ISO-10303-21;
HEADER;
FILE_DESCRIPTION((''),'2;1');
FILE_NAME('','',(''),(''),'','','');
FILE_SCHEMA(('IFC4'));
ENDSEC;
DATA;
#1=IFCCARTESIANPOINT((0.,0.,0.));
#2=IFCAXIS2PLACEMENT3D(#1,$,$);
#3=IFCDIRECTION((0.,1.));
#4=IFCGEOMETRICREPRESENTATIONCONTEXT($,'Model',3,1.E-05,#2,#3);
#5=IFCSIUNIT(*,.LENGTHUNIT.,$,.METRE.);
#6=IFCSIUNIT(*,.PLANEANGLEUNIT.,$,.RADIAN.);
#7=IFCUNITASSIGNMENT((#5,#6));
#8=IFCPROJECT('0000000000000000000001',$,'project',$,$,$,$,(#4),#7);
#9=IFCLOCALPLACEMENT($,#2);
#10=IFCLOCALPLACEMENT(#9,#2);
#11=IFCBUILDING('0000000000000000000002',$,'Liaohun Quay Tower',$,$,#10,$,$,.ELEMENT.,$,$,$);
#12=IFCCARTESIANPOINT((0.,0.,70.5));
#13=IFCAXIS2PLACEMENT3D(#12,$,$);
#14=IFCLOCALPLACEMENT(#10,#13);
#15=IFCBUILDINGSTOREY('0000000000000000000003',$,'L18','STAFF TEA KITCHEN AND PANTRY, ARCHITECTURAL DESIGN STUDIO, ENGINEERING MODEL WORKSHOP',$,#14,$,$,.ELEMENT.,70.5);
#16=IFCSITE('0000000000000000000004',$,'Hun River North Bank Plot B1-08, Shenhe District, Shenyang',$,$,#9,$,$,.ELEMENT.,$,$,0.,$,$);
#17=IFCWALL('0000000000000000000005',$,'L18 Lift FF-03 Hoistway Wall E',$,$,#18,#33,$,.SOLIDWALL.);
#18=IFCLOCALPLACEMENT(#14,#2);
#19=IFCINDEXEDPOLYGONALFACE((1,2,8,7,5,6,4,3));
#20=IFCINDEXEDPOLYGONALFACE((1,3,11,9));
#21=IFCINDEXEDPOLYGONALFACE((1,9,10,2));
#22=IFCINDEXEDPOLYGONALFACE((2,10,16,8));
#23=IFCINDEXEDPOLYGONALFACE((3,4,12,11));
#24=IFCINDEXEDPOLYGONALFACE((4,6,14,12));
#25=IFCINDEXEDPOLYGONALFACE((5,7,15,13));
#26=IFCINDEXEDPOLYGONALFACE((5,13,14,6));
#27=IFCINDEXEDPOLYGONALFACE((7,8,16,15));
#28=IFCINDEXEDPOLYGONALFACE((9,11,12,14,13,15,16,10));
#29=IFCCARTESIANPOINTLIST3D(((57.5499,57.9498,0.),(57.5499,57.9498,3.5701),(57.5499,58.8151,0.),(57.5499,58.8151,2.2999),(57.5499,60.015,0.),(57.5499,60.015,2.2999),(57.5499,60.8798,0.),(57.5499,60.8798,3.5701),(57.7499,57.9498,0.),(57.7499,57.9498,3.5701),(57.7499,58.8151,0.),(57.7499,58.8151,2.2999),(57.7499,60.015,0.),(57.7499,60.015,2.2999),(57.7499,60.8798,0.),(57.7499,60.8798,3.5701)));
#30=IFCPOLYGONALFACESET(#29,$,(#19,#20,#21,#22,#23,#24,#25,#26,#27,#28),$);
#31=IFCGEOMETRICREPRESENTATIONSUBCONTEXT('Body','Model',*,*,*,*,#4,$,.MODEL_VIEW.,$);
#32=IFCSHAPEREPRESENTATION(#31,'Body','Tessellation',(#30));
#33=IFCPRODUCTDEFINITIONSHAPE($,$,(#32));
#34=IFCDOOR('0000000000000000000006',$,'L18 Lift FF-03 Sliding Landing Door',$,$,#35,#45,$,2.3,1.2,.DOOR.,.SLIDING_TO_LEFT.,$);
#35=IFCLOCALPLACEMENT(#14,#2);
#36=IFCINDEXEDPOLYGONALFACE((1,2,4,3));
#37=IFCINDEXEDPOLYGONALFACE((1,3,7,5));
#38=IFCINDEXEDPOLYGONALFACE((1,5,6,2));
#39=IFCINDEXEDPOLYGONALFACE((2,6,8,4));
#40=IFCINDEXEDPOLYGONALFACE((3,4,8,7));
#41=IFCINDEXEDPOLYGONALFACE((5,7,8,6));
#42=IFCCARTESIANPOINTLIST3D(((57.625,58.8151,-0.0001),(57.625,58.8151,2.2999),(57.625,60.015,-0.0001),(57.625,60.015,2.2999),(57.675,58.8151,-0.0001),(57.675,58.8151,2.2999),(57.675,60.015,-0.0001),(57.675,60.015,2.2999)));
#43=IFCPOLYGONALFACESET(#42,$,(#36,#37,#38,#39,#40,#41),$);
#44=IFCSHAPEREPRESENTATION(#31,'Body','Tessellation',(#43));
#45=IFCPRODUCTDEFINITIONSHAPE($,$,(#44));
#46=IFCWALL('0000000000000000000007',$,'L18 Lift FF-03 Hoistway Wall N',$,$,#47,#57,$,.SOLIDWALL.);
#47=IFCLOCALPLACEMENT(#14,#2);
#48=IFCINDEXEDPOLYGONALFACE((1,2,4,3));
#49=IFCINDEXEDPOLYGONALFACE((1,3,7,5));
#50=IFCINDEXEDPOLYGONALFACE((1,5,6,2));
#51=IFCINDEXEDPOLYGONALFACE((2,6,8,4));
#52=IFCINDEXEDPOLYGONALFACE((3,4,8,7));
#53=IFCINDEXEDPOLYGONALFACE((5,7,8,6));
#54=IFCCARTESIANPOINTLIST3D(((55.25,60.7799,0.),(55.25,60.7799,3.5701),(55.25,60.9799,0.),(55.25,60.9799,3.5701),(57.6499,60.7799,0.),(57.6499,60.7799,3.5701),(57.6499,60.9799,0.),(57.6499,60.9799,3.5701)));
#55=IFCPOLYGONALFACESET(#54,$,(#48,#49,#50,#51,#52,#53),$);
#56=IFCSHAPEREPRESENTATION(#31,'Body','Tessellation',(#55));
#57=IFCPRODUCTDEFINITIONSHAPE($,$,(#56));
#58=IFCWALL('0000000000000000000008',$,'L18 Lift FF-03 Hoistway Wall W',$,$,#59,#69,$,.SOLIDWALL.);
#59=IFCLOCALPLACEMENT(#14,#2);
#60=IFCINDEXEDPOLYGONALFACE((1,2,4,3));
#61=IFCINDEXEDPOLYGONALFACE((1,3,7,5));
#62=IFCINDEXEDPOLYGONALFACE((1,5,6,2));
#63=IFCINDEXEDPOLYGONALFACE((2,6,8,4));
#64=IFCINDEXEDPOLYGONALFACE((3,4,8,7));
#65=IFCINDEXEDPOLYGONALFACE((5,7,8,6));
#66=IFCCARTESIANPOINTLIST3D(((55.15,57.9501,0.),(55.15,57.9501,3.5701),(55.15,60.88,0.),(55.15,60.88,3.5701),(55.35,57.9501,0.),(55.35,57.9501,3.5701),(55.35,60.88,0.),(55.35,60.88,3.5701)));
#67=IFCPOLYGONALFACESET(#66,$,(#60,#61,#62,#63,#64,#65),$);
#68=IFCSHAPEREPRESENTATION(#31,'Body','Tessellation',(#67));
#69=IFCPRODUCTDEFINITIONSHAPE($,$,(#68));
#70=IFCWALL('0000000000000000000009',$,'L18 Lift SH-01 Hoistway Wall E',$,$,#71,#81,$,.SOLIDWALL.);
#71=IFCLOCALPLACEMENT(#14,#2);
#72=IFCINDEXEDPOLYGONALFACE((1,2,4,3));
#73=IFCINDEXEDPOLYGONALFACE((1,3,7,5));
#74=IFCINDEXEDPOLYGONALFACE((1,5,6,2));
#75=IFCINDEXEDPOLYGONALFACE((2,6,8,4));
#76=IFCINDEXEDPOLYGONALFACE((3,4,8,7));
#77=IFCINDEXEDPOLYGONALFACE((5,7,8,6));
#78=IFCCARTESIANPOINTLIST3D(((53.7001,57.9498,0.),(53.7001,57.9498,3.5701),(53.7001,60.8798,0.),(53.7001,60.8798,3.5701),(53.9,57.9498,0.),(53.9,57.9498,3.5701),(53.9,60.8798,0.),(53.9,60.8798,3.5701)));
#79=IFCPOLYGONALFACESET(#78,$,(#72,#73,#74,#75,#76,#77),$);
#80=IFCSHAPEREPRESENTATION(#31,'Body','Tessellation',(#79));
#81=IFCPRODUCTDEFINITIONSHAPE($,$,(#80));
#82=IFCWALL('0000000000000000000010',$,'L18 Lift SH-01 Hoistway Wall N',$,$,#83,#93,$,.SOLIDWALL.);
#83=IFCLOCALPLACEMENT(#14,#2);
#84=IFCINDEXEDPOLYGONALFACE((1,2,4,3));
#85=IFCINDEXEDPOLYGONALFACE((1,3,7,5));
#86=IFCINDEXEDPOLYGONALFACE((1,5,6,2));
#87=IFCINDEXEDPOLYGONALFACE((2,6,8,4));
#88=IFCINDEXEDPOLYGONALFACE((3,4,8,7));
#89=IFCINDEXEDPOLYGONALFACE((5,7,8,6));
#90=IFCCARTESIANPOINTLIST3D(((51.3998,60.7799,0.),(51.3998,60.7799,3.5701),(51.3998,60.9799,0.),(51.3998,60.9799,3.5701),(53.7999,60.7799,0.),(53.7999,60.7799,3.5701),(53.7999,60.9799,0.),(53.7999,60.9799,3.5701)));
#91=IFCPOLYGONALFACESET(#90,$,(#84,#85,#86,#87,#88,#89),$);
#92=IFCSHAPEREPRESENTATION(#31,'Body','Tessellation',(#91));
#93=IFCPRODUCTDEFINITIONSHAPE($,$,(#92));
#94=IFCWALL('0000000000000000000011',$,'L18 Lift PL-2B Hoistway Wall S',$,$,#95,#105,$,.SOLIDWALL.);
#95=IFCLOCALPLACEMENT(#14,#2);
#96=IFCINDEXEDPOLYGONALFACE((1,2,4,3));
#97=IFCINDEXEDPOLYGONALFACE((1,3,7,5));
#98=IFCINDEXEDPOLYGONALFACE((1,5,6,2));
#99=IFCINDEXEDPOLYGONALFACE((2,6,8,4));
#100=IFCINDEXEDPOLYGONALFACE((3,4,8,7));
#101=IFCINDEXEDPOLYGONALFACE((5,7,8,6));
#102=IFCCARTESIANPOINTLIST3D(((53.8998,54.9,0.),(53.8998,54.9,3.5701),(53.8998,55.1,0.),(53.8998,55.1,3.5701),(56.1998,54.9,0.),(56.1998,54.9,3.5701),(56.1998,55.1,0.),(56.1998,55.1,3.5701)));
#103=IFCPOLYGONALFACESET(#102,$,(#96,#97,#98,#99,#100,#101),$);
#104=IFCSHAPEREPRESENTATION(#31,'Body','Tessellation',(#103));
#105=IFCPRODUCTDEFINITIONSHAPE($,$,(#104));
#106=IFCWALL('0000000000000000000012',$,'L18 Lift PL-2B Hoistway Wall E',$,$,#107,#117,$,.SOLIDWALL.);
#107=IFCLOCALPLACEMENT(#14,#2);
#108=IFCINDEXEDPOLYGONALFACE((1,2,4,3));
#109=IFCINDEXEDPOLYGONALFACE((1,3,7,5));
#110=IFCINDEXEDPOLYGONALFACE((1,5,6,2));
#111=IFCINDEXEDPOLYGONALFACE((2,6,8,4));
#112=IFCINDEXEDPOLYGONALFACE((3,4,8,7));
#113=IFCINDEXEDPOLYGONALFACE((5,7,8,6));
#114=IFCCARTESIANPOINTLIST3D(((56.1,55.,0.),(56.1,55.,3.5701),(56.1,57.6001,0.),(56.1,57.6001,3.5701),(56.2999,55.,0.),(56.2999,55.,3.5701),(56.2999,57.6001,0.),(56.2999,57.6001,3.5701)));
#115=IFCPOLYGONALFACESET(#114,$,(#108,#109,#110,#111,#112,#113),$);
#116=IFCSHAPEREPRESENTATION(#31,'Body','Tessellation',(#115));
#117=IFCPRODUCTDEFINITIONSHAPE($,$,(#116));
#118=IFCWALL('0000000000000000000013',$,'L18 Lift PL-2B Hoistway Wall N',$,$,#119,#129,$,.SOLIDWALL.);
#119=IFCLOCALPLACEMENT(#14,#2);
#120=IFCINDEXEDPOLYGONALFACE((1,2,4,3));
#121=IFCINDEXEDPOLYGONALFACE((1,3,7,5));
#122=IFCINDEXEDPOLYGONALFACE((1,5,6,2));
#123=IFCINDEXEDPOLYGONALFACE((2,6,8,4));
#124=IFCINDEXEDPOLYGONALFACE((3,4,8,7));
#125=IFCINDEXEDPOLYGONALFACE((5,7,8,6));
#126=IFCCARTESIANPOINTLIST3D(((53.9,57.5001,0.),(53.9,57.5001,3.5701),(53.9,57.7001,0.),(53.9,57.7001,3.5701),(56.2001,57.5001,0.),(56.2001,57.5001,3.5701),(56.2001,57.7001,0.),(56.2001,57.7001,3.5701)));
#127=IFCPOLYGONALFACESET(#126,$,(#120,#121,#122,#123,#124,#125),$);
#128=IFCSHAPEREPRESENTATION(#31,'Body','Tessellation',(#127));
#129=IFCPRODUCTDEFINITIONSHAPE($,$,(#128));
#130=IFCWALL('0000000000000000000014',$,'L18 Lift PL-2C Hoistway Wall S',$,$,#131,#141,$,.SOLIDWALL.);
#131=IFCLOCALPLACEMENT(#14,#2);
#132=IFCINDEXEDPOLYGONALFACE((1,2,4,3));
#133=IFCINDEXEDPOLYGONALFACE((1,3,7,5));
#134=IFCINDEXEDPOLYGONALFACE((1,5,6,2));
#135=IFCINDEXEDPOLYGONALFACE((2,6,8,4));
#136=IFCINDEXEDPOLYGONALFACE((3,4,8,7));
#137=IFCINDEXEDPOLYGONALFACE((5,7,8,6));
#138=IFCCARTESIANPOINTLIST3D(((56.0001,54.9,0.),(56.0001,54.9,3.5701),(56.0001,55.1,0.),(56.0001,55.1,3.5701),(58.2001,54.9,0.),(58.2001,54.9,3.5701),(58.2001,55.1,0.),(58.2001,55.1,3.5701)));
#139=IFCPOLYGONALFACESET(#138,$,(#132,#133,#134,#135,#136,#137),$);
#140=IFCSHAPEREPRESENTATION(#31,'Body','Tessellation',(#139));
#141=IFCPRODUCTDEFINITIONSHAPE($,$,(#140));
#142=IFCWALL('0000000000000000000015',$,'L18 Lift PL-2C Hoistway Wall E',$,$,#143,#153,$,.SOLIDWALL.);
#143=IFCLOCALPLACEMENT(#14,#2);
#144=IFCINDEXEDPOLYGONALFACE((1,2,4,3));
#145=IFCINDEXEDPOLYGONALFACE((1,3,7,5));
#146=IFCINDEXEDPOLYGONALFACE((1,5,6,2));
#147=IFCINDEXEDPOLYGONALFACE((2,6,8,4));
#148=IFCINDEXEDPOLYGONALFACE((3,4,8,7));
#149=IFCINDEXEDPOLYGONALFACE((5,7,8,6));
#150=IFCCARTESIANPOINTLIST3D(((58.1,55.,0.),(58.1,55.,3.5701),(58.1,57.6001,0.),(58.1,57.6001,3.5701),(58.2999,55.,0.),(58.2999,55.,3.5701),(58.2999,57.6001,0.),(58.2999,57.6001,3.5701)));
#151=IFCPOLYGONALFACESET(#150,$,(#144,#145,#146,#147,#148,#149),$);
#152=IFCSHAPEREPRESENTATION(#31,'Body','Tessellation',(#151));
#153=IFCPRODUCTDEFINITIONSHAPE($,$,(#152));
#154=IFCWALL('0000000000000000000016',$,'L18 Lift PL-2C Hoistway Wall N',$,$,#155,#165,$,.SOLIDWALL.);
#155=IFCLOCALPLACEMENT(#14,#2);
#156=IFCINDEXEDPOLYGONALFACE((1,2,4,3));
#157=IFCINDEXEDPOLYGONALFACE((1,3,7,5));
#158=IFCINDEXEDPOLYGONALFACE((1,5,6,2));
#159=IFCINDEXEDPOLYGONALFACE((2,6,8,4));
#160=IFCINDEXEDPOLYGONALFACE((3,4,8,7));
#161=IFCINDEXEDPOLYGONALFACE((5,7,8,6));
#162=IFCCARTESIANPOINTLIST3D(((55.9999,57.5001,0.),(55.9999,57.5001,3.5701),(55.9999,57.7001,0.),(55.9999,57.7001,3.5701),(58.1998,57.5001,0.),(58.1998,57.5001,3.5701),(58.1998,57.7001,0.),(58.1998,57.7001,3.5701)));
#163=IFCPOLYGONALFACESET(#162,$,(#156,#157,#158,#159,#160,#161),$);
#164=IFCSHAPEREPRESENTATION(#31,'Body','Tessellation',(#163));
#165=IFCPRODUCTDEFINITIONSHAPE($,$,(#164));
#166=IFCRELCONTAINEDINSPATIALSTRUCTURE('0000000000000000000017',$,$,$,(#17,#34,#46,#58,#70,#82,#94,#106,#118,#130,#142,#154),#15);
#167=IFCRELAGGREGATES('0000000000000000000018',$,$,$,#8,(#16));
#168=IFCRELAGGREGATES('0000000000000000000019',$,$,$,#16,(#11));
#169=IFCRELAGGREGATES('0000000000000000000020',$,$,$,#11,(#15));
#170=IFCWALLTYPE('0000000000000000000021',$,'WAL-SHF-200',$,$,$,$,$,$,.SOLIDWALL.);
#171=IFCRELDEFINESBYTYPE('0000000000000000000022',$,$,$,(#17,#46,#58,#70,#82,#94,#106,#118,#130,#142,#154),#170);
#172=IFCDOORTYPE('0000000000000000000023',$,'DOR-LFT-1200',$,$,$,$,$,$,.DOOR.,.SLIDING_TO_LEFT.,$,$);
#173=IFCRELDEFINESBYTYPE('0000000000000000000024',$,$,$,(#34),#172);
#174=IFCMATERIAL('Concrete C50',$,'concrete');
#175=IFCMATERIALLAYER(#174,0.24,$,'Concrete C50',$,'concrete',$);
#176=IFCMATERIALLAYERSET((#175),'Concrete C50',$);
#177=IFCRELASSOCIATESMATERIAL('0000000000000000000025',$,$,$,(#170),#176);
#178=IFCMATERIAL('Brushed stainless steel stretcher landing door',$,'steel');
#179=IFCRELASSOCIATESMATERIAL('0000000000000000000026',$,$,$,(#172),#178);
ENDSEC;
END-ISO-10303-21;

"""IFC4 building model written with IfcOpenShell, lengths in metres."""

from ifc_helpers import new_model, si_unit, direction, frame, frame_2d, origin, place, context, subcontext, project, spatial, rectangle, extrude, source, transform, mapped, material, layer, layer_set, type_object, element, fill, save


model = new_model("IFC4")

# Units and contexts
model_context = context("Model", 3, precision=1e-05, world=origin(), true_north=direction((0.0, 1.0)))
body_context = subcontext(model_context, "Body", "Model", "MODEL_VIEW")
ifc_project = project(units=[si_unit("LENGTHUNIT", "METRE"), si_unit("PLANEANGLEUNIT", "RADIAN")], contexts=[model_context])

# Site, building, storey
site_placement = place(None, origin())
site = spatial("IfcSite", under=ifc_project, at=site_placement, Name="Hun River North Bank Plot B1-08, Shenhe District, Shenyang", CompositionType="ELEMENT", RefElevation=0.0)
building_placement = place(site_placement, origin())
building = spatial("IfcBuilding", under=site, at=building_placement, Name="Liaohun Quay Tower", CompositionType="ELEMENT")
storey_placement = place(building_placement, frame((0.0, 0.0, 70.5)))
storey = spatial("IfcBuildingStorey", under=building, at=storey_placement, Name="L18", Description="STAFF TEA KITCHEN AND PANTRY, ARCHITECTURAL DESIGN STUDIO, ENGINEERING MODEL WORKSHOP", CompositionType="ELEMENT", Elevation=70.5)

# Shared definitions
ifc_material_1 = material(Name="Concrete C50", Category="concrete")
ifc_layer_1 = layer(ifc_material_1, 0.24, Name="Concrete C50", Category="concrete")
ifc_layer_set_1 = layer_set([ifc_layer_1], Name="Concrete C50")
wall_type_1 = type_object("IfcWallType", Name="WAL-SHF-200", PredefinedType="SOLIDWALL", material=ifc_layer_set_1)

# Wall, opening, door
wall_1_placement = place(storey_placement, frame((57.6499, 57.95, 0.0), z_axis=(0.0, 0.0, 1.0), x_axis=(0.0, 1.0, 0.0)))
wall_1 = element("IfcWall", 1, at=wall_1_placement, inside=storey, type_object=wall_type_1, Name="L18 Lift FF-03 Hoistway Wall E", PredefinedType="SOLIDWALL", context=body_context, shape_type="SweptSolid", body=[
    extrude(rectangle(XDim=2.9299, YDim=0.2, at=frame_2d((1.4648, 0.0))), origin(), (0.0, 0.0, 1.0), 3.5701),
])
shared_shape_1 = source(origin(), body_context, "Body", "SweptSolid", [
    extrude(rectangle(XDim=1.2, YDim=2.3, at=frame_2d((0.6001, 1.1499))), frame((0.0, 0.1099, 0.0), z_axis=(0.0, -1.0, 0.0), x_axis=(1.0, 0.0, 0.0)), (0.0, 0.0, 1.0), 0.22),
])
opening_1_placement = place(wall_1_placement, frame((0.865, 0.0, 0.0)))
opening_1 = element("IfcOpeningElement", 2, at=opening_1_placement, cuts=wall_1, PredefinedType="OPENING", context=body_context, shape_type="MappedRepresentation", body=[
    mapped(shared_shape_1, transform((0.0, 0.0, 0.0), x_axis=(1.0, 0.0, 0.0), y_axis=(0.0, 1.0, 0.0), z_axis=(0.0, 0.0, 1.0), scale=1.0)),
])
ifc_material_2 = material(Name="Brushed stainless steel stretcher landing door", Category="steel")
door_type = type_object("IfcDoorType", Name="DOR-LFT-1200", OperationType="SLIDING_TO_LEFT", PredefinedType="DOOR", material=ifc_material_2)
shared_shape_2 = source(origin(), body_context, "Body", "SweptSolid", [
    extrude(rectangle(XDim=1.2, YDim=2.3, at=frame_2d((0.6001, 1.1499))), frame((0.0, 0.0249, 0.0), z_axis=(0.0, -1.0, 0.0), x_axis=(1.0, 0.0, 0.0)), (0.0, 0.0, 1.0), 0.05),
])
door_placement = place(opening_1_placement, origin())
door = element("IfcDoor", 3, at=door_placement, inside=storey, type_object=door_type, Name="L18 Lift FF-03 Sliding Landing Door", OperationType="SLIDING_TO_LEFT", OverallHeight=2.3, OverallWidth=1.2, PredefinedType="DOOR", context=body_context, shape_type="MappedRepresentation", body=[
    mapped(shared_shape_2, transform((0.0, 0.0, 0.0), x_axis=(1.0, 0.0, 0.0), y_axis=(0.0, 1.0, 0.0), z_axis=(0.0, 0.0, 1.0), scale=1.0)),
])
fill(opening_1, door)

# Walls
wall_2_placement = place(storey_placement, frame((57.6499, 60.8799, 0.0), z_axis=(0.0, 0.0, 1.0), x_axis=(-1.0, 0.0, 0.0)))
element("IfcWall", 4, at=wall_2_placement, inside=storey, type_object=wall_type_1, Name="L18 Lift FF-03 Hoistway Wall N", PredefinedType="SOLIDWALL", context=body_context, shape_type="SweptSolid", body=[
    extrude(rectangle(XDim=2.3999, YDim=0.2, at=frame_2d((1.2, 0.0))), origin(), (0.0, 0.0, 1.0), 3.5701),
])
for number, where, z_axis, x_axis, name in (
    (5, (55.25, 60.8799, 0.0), (0.0, 0.0, 1.0), (0.0, -1.0, 0.0), "L18 Lift FF-03 Hoistway Wall W"),
    (6, (53.8, 57.95, 0.0), (0.0, 0.0, 1.0), (0.0, 1.0, 0.0), "L18 Lift SH-01 Hoistway Wall E"),
):
    element("IfcWall", number, at=place(storey_placement, frame(where, z_axis=z_axis, x_axis=x_axis)), inside=storey, type_object=wall_type_1, Name=name, PredefinedType="SOLIDWALL", context=body_context, shape_type="SweptSolid", body=[
        extrude(rectangle(XDim=2.9299, YDim=0.2, at=frame_2d((1.4648, 0.0))), origin(), (0.0, 0.0, 1.0), 3.5701),
    ])
wall_3_placement = place(storey_placement, frame((53.8, 60.8799, 0.0), z_axis=(0.0, 0.0, 1.0), x_axis=(-1.0, 0.0, 0.0)))
element("IfcWall", 7, at=wall_3_placement, inside=storey, type_object=wall_type_1, Name="L18 Lift SH-01 Hoistway Wall N", PredefinedType="SOLIDWALL", context=body_context, shape_type="SweptSolid", body=[
    extrude(rectangle(XDim=2.4001, YDim=0.2, at=frame_2d((1.2002, 0.0))), origin(), (0.0, 0.0, 1.0), 3.5701),
])
wall_4_placement = place(storey_placement, frame((53.8999, 55.0, 0.0), z_axis=(0.0, 0.0, 1.0), x_axis=(1.0, 0.0, 0.0)))
element("IfcWall", 8, at=wall_4_placement, inside=storey, type_object=wall_type_1, Name="L18 Lift PL-2B Hoistway Wall S", PredefinedType="SOLIDWALL", context=body_context, shape_type="SweptSolid", body=[
    extrude(rectangle(XDim=2.3, YDim=0.2, at=frame_2d((1.1499, 0.0))), origin(), (0.0, 0.0, 1.0), 3.5701),
])
wall_5_placement = place(storey_placement, frame((56.2, 55.0, 0.0), z_axis=(0.0, 0.0, 1.0), x_axis=(0.0, 1.0, 0.0)))
element("IfcWall", 9, at=wall_5_placement, inside=storey, type_object=wall_type_1, Name="L18 Lift PL-2B Hoistway Wall E", PredefinedType="SOLIDWALL", context=body_context, shape_type="SweptSolid", body=[
    extrude(rectangle(XDim=2.6001, YDim=0.2, at=frame_2d((1.3, 0.0))), origin(), (0.0, 0.0, 1.0), 3.5701),
])
wall_6_placement = place(storey_placement, frame((56.2, 57.6001, 0.0), z_axis=(0.0, 0.0, 1.0), x_axis=(-1.0, 0.0, 0.0)))
element("IfcWall", 10, at=wall_6_placement, inside=storey, type_object=wall_type_1, Name="L18 Lift PL-2B Hoistway Wall N", PredefinedType="SOLIDWALL", context=body_context, shape_type="SweptSolid", body=[
    extrude(rectangle(XDim=2.3, YDim=0.2, at=frame_2d((1.1499, 0.0))), origin(), (0.0, 0.0, 1.0), 3.5701),
])
wall_7_placement = place(storey_placement, frame((56.0, 55.0, 0.0), z_axis=(0.0, 0.0, 1.0), x_axis=(1.0, 0.0, 0.0)))
element("IfcWall", 11, at=wall_7_placement, inside=storey, type_object=wall_type_1, Name="L18 Lift PL-2C Hoistway Wall S", PredefinedType="SOLIDWALL", context=body_context, shape_type="SweptSolid", body=[
    extrude(rectangle(XDim=2.2, YDim=0.2, at=frame_2d((1.1001, 0.0))), origin(), (0.0, 0.0, 1.0), 3.5701),
])
wall_8_placement = place(storey_placement, frame((58.2, 55.0, 0.0), z_axis=(0.0, 0.0, 1.0), x_axis=(0.0, 1.0, 0.0)))
element("IfcWall", 12, at=wall_8_placement, inside=storey, type_object=wall_type_1, Name="L18 Lift PL-2C Hoistway Wall E", PredefinedType="SOLIDWALL", context=body_context, shape_type="SweptSolid", body=[
    extrude(rectangle(XDim=2.6001, YDim=0.2, at=frame_2d((1.3, 0.0))), origin(), (0.0, 0.0, 1.0), 3.5701),
])
wall_9_placement = place(storey_placement, frame((58.2, 57.6001, 0.0), z_axis=(0.0, 0.0, 1.0), x_axis=(-1.0, 0.0, 0.0)))
element("IfcWall", 13, at=wall_9_placement, inside=storey, type_object=wall_type_1, Name="L18 Lift PL-2C Hoistway Wall N", PredefinedType="SOLIDWALL", context=body_context, shape_type="SweptSolid", body=[
    extrude(rectangle(XDim=2.2, YDim=0.2, at=frame_2d((1.1001, 0.0))), origin(), (0.0, 0.0, 1.0), 3.5701),
])

save(model, "model.ifc")
